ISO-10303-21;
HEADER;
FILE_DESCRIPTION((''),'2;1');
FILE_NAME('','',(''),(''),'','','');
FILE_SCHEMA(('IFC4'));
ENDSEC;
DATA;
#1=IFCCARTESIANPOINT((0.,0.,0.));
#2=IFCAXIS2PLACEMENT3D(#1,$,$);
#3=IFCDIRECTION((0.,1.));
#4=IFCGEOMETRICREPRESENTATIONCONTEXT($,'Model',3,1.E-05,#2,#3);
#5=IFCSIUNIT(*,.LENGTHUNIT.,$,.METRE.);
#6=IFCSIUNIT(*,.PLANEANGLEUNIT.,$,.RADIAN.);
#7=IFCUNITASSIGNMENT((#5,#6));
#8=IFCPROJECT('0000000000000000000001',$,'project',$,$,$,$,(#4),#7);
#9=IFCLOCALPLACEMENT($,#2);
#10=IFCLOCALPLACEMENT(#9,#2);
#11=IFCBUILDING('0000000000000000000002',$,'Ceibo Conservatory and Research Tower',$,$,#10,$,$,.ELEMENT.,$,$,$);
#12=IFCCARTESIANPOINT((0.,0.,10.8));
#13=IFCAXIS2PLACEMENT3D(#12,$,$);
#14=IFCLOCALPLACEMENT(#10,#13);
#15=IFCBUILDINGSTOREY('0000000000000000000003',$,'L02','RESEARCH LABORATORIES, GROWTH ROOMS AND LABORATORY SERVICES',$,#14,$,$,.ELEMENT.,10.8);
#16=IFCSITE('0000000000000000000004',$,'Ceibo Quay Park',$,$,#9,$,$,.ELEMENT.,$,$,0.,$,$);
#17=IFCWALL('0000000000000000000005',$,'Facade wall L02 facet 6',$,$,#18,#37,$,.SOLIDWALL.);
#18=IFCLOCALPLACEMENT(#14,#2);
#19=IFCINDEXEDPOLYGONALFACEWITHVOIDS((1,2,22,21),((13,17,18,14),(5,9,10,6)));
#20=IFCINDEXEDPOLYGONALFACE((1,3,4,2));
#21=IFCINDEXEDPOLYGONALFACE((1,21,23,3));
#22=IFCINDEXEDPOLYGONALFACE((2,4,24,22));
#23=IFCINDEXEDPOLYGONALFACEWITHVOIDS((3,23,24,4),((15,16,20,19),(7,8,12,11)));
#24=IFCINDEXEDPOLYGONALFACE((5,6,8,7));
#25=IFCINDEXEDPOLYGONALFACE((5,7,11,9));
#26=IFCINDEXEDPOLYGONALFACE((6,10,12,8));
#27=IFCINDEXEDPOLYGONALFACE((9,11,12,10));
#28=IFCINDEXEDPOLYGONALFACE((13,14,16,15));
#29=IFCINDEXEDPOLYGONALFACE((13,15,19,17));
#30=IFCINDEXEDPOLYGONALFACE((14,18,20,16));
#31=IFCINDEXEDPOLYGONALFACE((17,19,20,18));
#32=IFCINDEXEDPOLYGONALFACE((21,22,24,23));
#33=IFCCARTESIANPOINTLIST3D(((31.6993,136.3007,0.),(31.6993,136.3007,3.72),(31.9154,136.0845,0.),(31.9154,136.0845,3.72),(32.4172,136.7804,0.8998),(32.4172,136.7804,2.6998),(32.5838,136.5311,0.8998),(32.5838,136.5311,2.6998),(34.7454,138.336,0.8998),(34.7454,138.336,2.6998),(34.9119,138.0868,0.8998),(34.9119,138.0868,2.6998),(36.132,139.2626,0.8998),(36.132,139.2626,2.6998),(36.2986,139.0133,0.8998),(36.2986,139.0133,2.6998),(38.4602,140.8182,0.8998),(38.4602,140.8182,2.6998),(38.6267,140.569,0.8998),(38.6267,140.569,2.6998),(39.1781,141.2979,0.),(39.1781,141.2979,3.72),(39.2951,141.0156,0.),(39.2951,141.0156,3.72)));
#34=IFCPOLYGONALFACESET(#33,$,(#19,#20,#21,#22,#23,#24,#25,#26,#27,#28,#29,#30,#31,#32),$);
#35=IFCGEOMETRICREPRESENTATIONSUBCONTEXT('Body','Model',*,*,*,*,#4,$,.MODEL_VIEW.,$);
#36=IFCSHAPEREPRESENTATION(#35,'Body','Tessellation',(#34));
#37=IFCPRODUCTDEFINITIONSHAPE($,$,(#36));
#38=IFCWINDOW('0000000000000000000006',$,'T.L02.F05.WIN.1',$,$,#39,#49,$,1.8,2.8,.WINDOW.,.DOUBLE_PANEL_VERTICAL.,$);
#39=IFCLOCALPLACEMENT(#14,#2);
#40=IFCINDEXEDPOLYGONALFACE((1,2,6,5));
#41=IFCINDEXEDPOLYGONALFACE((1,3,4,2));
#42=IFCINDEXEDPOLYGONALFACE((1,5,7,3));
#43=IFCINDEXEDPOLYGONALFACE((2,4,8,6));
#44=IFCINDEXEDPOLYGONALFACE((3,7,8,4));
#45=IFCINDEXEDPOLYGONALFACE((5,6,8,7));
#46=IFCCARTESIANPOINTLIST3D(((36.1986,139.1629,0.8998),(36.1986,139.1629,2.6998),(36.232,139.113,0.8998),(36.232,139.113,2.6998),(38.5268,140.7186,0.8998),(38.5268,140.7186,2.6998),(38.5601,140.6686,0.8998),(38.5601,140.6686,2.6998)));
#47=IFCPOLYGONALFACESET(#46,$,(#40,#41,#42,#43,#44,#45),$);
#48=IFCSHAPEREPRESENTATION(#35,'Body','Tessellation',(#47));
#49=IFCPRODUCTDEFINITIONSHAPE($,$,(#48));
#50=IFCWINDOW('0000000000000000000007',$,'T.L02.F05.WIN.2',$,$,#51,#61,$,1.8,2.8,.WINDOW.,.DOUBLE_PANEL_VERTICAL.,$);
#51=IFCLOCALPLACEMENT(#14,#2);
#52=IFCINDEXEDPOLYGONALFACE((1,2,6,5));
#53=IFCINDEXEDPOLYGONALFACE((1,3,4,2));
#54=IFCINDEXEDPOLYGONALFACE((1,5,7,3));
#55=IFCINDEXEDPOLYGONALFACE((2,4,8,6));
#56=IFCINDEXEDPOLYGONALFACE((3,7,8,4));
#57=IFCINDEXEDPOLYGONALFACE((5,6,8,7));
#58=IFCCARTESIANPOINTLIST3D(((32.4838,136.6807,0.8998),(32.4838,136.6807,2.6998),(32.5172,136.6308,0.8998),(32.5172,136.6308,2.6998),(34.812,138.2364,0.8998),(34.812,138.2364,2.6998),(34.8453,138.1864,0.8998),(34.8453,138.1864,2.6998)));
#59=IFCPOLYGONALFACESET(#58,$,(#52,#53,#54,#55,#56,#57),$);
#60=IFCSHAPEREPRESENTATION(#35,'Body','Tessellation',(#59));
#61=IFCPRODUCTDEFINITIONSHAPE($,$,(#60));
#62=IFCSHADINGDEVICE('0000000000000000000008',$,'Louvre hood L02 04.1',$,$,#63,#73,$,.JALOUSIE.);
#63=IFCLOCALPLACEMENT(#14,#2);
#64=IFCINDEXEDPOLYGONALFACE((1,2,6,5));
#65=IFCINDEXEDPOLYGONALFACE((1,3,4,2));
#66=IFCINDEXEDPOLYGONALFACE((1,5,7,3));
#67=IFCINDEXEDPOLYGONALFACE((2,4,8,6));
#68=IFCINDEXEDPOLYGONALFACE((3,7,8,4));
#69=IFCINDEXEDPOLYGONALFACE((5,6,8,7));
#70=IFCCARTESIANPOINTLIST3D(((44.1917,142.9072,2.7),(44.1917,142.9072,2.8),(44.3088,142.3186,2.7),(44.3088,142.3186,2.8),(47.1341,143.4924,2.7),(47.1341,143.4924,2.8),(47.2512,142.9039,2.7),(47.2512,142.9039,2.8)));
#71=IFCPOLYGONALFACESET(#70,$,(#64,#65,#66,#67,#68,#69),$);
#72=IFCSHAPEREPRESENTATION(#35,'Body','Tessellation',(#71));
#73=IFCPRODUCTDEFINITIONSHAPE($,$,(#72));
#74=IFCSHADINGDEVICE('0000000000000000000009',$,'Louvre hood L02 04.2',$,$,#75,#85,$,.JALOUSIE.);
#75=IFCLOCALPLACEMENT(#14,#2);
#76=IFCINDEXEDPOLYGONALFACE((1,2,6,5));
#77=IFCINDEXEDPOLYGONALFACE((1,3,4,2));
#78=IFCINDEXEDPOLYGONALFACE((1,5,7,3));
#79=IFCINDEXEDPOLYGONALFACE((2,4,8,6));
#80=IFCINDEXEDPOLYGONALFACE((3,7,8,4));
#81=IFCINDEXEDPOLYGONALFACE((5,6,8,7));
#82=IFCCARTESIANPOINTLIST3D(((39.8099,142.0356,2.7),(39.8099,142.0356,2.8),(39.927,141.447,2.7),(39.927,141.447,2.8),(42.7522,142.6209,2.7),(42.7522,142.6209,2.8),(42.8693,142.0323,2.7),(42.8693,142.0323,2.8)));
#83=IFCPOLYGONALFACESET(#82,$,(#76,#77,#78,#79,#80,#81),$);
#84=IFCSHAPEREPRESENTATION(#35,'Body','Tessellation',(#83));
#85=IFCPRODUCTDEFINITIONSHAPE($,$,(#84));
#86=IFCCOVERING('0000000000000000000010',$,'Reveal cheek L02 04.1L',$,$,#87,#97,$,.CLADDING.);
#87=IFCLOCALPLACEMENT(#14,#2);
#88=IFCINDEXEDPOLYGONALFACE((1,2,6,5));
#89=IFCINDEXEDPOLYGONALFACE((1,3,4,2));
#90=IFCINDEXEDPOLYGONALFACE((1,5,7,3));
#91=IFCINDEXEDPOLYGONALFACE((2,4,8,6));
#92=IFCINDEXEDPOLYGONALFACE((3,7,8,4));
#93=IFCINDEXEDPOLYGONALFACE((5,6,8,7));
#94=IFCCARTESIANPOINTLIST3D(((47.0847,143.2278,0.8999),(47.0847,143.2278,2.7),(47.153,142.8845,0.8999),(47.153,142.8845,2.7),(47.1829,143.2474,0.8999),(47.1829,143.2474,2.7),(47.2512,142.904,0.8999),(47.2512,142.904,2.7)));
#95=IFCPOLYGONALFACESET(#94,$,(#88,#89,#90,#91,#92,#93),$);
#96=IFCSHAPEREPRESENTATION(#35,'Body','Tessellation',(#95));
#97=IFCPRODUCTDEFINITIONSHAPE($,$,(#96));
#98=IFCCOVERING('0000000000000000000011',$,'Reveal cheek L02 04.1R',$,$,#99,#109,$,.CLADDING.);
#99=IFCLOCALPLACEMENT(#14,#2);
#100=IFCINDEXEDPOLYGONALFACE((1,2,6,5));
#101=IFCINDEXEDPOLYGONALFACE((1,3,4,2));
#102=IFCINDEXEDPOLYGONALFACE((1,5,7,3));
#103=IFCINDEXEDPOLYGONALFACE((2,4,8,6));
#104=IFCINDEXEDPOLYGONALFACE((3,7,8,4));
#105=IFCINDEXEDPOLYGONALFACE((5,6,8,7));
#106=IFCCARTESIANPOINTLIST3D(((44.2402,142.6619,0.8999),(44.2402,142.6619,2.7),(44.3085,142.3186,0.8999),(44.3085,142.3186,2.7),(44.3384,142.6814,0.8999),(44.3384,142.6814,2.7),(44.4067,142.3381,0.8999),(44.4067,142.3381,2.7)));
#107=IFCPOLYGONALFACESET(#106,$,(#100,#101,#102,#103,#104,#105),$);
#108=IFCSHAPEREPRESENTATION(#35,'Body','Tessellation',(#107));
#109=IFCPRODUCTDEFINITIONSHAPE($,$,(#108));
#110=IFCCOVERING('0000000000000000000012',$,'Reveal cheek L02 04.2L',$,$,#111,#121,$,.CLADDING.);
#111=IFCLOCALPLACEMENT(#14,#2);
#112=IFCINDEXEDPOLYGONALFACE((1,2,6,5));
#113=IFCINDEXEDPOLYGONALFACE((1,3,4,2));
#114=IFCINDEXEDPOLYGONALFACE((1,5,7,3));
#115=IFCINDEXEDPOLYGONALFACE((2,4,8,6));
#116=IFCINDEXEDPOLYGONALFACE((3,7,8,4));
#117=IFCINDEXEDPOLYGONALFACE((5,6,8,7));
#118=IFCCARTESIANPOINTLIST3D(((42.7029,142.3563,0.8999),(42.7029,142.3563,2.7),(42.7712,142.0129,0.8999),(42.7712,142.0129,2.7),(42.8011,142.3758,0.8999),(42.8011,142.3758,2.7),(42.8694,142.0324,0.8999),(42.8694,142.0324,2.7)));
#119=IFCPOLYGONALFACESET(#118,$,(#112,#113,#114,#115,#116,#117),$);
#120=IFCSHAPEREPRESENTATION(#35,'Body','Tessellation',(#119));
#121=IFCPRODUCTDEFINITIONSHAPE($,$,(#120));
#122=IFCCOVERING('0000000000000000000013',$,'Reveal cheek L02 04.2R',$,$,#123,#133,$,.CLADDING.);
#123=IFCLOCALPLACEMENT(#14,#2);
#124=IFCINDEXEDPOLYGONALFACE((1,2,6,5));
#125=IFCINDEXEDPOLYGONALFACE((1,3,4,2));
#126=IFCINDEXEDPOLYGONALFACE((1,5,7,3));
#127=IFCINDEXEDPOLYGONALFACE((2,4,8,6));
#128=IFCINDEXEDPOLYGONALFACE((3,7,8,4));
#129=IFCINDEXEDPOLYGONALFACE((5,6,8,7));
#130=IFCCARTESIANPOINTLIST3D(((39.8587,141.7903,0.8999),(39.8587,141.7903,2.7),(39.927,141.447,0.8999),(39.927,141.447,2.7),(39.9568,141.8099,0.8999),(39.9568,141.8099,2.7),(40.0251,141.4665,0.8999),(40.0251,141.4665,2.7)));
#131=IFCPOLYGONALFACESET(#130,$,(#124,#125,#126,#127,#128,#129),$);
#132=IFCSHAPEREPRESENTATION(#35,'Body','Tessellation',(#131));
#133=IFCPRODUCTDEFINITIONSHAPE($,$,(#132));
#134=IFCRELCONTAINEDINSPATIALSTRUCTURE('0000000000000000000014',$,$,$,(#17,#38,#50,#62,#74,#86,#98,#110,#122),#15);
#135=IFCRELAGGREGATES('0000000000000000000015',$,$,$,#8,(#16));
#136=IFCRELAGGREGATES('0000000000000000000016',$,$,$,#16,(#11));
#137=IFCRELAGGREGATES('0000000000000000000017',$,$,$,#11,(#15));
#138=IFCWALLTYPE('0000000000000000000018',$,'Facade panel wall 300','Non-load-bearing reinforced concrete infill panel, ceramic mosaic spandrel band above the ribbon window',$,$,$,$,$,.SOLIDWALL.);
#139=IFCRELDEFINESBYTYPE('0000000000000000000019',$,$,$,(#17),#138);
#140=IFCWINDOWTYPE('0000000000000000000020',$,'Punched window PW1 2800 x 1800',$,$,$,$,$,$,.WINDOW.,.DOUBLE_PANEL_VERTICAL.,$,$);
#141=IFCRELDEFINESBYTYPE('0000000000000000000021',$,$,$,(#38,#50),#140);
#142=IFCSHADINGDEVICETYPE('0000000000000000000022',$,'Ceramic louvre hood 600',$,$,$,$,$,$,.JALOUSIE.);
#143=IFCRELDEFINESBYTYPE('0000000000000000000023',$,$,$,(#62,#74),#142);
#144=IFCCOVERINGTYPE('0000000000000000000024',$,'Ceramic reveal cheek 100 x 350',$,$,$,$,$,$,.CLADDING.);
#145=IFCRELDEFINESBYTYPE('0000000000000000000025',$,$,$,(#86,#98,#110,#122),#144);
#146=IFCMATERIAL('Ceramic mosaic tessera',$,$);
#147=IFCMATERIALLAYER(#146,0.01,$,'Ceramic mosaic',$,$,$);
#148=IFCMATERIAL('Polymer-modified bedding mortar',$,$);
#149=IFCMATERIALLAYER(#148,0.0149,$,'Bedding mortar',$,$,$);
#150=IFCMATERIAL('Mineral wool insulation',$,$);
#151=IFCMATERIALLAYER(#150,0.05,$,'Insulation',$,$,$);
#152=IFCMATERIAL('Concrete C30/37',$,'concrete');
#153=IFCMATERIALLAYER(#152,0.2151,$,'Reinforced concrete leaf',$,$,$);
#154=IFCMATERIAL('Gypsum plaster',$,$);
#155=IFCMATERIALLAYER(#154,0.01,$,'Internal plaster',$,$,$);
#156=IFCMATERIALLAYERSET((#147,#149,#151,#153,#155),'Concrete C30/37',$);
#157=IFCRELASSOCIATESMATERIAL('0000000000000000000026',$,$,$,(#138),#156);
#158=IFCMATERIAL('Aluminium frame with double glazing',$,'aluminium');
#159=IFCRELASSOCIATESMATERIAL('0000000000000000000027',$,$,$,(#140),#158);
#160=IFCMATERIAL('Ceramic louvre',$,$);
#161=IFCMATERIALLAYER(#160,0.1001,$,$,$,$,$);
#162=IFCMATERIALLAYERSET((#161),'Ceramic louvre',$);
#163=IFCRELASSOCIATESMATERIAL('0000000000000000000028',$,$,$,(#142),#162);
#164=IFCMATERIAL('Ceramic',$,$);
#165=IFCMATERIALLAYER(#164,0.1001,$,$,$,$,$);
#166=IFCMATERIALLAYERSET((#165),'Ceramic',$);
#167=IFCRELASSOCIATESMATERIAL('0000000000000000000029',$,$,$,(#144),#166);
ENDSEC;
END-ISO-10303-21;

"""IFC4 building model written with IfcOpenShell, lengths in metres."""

from ifc_helpers import new_model, si_unit, direction, frame, frame_2d, origin, origin_2d, place, context, subcontext, project, spatial, polyline, rectangle, outline, extrude, material, layer, layer_set, type_object, element, fill, save


model = new_model("IFC4")

# Units and contexts
model_context = context("Model", 3, precision=1e-05, world=origin(), true_north=direction((0.0, 1.0)))
body_context = subcontext(model_context, "Body", "Model", "MODEL_VIEW")
ifc_project = project(units=[si_unit("LENGTHUNIT", "METRE"), si_unit("PLANEANGLEUNIT", "RADIAN")], contexts=[model_context])

# Site, building, storey
site_placement = place(None, origin())
site = spatial("IfcSite", under=ifc_project, at=site_placement, Name="Ceibo Quay Park", CompositionType="ELEMENT", RefElevation=0.0)
building_placement = place(site_placement, origin())
building = spatial("IfcBuilding", under=site, at=building_placement, Name="Ceibo Conservatory and Research Tower", CompositionType="ELEMENT")
storey_placement = place(building_placement, frame((0.0, 0.0, 10.8)))
storey = spatial("IfcBuildingStorey", under=building, at=storey_placement, Name="L02", Description="RESEARCH LABORATORIES, GROWTH ROOMS AND LABORATORY SERVICES", CompositionType="ELEMENT", Elevation=10.8)

# Wall, openings, windows
ifc_material_1 = material(Name="Ceramic mosaic tessera")
ifc_layer_1 = layer(ifc_material_1, 0.01, Name="Ceramic mosaic")
ifc_material_2 = material(Name="Polymer-modified bedding mortar")
ifc_layer_2 = layer(ifc_material_2, 0.0149, Name="Bedding mortar")
ifc_material_3 = material(Name="Mineral wool insulation")
ifc_layer_3 = layer(ifc_material_3, 0.05, Name="Insulation")
ifc_material_4 = material(Name="Concrete C30/37", Category="concrete")
ifc_layer_4 = layer(ifc_material_4, 0.2151, Name="Reinforced concrete leaf")
ifc_material_5 = material(Name="Gypsum plaster")
ifc_layer_5 = layer(ifc_material_5, 0.01, Name="Internal plaster")
ifc_layer_set_1 = layer_set([ifc_layer_1, ifc_layer_2, ifc_layer_3, ifc_layer_4, ifc_layer_5], Name="Concrete C30/37")
wall_type_1 = type_object("IfcWallType", Name="Facade panel wall 300", Description="Non-load-bearing reinforced concrete infill panel, ceramic mosaic spandrel band above the ribbon window", PredefinedType="SOLIDWALL", material=ifc_layer_set_1)
wall_1_placement = place(storey_placement, frame((39.2366, 141.1567, 0.0), z_axis=(0.0, 0.0, 1.0), x_axis=(-0.831466, -0.555576, 0.0)))
wall_1 = element("IfcWall", 1, at=wall_1_placement, inside=storey, type_object=wall_type_1, Name="Facade wall L02 facet 6", PredefinedType="SOLIDWALL", context=body_context, shape_type="SweptSolid", body=[
    extrude(outline(polyline([(-0.0298, -0.1499), (8.9648, -0.1499), (8.9053, 0.1499), (0.0298, 0.1499), (-0.0298, -0.1499)])), origin(), (0.0, 0.0, 1.0), 3.72),
])
opening_1_placement = place(wall_1_placement, frame((0.8337, 0.0, 0.8999)))
opening_1 = element("IfcOpeningElement", 2, at=opening_1_placement, cuts=wall_1, PredefinedType="OPENING", context=body_context, shape_type="SweptSolid", body=[
    extrude(rectangle(XDim=2.8, YDim=1.8, at=frame_2d((1.3999, 0.8999))), frame((0.0, 0.1599, 0.0), z_axis=(0.0, -1.0, 0.0), x_axis=(1.0, 0.0, 0.0)), (0.0, 0.0, 1.0), 0.3201),
])
opening_2_placement = place(wall_1_placement, frame((5.3015, 0.0, 0.8999)))
opening_2 = element("IfcOpeningElement", 3, at=opening_2_placement, cuts=wall_1, PredefinedType="OPENING", context=body_context, shape_type="SweptSolid", body=[
    extrude(rectangle(XDim=2.8, YDim=1.8, at=frame_2d((1.3999, 0.8999))), frame((0.0, 0.1599, 0.0), z_axis=(0.0, -1.0, 0.0), x_axis=(1.0, 0.0, 0.0)), (0.0, 0.0, 1.0), 0.3201),
])
ifc_material_6 = material(Name="Aluminium frame with double glazing", Category="aluminium")
window_type = type_object("IfcWindowType", Name="Punched window PW1 2800 x 1800", PartitioningType="DOUBLE_PANEL_VERTICAL", PredefinedType="WINDOW", material=ifc_material_6)
window_1_placement = place(opening_1_placement, origin())
window_1 = element("IfcWindow", 4, at=window_1_placement, inside=storey, type_object=window_type, Name="T.L02.F05.WIN.1", OverallHeight=1.8, OverallWidth=2.8, PartitioningType="DOUBLE_PANEL_VERTICAL", PredefinedType="WINDOW", context=body_context, shape_type="SweptSolid", body=[
    extrude(rectangle(XDim=2.8, YDim=1.8, at=frame_2d((1.3999, 0.8999))), frame((0.0, 0.03, 0.0), z_axis=(0.0, -1.0, 0.0), x_axis=(1.0, 0.0, 0.0)), (0.0, 0.0, 1.0), 0.0601),
])
fill(opening_1, window_1)
window_2_placement = place(opening_2_placement, origin())
window_2 = element("IfcWindow", 5, at=window_2_placement, inside=storey, type_object=window_type, Name="T.L02.F05.WIN.2", OverallHeight=1.8, OverallWidth=2.8, PartitioningType="DOUBLE_PANEL_VERTICAL", PredefinedType="WINDOW", context=body_context, shape_type="SweptSolid", body=[
    extrude(rectangle(XDim=2.8, YDim=1.8, at=frame_2d((1.3999, 0.8999))), frame((0.0, 0.03, 0.0), z_axis=(0.0, -1.0, 0.0), x_axis=(1.0, 0.0, 0.0)), (0.0, 0.0, 1.0), 0.0601),
])
fill(opening_2, window_2)

# Shading devices
ifc_material_7 = material(Name="Ceramic louvre")
ifc_layer_6 = layer(ifc_material_7, 0.1001)
ifc_layer_set_2 = layer_set([ifc_layer_6], Name="Ceramic louvre")
shading_device_type = type_object("IfcShadingDeviceType", Name="Ceramic louvre hood 600", PredefinedType="JALOUSIE", material=ifc_layer_set_2)
for number, where, z_axis, x_axis, name in (
    (6, (45.7214, 142.9055, 2.7), (0.0, 0.0, 1.0), (-0.980785, -0.19509, 0.0), "Louvre hood L02 04.1"),
    (7, (41.3396, 142.0339, 2.7), (0.0, 0.0, 1.0), (-0.980785, -0.19509, 0.0), "Louvre hood L02 04.2"),
):
    element("IfcShadingDevice", number, at=place(storey_placement, frame(where, z_axis=z_axis, x_axis=x_axis)), inside=storey, type_object=shading_device_type, Name=name, PredefinedType="JALOUSIE", context=body_context, shape_type="SweptSolid", body=[
        extrude(rectangle(XDim=3.0, YDim=0.6001, at=origin_2d()), origin(), (0.0, 0.0, 1.0), 0.1001),
    ])

# Coverings
ifc_material_8 = material(Name="Ceramic")
ifc_layer_7 = layer(ifc_material_8, 0.1001)
ifc_layer_set_3 = layer_set([ifc_layer_7], Name="Ceramic")
covering_type = type_object("IfcCoveringType", Name="Ceramic reveal cheek 100 x 350", PredefinedType="CLADDING", material=ifc_layer_set_3)
for number, where, z_axis, x_axis, name in (
    (8, (47.168, 143.0659, 0.8999), (0.0, 0.0, 1.0), (-0.980785, -0.19509, 0.0), "Reveal cheek L02 04.1L"),
    (9, (44.3235, 142.5, 0.8999), (0.0, 0.0, 1.0), (-0.980785, -0.19509, 0.0), "Reveal cheek L02 04.1R"),
    (10, (42.7861, 142.1943, 0.8999), (0.0, 0.0, 1.0), (-0.980785, -0.19509, 0.0), "Reveal cheek L02 04.2L"),
    (11, (39.9419, 141.6284, 0.8999), (0.0, 0.0, 1.0), (-0.980785, -0.19509, 0.0), "Reveal cheek L02 04.2R"),
):
    element("IfcCovering", number, at=place(storey_placement, frame(where, z_axis=z_axis, x_axis=x_axis)), inside=storey, type_object=covering_type, Name=name, PredefinedType="CLADDING", context=body_context, shape_type="SweptSolid", body=[
        extrude(rectangle(XDim=0.1001, YDim=0.3501, at=origin_2d()), origin(), (0.0, 0.0, 1.0), 1.8),
    ])

save(model, "model.ifc")
